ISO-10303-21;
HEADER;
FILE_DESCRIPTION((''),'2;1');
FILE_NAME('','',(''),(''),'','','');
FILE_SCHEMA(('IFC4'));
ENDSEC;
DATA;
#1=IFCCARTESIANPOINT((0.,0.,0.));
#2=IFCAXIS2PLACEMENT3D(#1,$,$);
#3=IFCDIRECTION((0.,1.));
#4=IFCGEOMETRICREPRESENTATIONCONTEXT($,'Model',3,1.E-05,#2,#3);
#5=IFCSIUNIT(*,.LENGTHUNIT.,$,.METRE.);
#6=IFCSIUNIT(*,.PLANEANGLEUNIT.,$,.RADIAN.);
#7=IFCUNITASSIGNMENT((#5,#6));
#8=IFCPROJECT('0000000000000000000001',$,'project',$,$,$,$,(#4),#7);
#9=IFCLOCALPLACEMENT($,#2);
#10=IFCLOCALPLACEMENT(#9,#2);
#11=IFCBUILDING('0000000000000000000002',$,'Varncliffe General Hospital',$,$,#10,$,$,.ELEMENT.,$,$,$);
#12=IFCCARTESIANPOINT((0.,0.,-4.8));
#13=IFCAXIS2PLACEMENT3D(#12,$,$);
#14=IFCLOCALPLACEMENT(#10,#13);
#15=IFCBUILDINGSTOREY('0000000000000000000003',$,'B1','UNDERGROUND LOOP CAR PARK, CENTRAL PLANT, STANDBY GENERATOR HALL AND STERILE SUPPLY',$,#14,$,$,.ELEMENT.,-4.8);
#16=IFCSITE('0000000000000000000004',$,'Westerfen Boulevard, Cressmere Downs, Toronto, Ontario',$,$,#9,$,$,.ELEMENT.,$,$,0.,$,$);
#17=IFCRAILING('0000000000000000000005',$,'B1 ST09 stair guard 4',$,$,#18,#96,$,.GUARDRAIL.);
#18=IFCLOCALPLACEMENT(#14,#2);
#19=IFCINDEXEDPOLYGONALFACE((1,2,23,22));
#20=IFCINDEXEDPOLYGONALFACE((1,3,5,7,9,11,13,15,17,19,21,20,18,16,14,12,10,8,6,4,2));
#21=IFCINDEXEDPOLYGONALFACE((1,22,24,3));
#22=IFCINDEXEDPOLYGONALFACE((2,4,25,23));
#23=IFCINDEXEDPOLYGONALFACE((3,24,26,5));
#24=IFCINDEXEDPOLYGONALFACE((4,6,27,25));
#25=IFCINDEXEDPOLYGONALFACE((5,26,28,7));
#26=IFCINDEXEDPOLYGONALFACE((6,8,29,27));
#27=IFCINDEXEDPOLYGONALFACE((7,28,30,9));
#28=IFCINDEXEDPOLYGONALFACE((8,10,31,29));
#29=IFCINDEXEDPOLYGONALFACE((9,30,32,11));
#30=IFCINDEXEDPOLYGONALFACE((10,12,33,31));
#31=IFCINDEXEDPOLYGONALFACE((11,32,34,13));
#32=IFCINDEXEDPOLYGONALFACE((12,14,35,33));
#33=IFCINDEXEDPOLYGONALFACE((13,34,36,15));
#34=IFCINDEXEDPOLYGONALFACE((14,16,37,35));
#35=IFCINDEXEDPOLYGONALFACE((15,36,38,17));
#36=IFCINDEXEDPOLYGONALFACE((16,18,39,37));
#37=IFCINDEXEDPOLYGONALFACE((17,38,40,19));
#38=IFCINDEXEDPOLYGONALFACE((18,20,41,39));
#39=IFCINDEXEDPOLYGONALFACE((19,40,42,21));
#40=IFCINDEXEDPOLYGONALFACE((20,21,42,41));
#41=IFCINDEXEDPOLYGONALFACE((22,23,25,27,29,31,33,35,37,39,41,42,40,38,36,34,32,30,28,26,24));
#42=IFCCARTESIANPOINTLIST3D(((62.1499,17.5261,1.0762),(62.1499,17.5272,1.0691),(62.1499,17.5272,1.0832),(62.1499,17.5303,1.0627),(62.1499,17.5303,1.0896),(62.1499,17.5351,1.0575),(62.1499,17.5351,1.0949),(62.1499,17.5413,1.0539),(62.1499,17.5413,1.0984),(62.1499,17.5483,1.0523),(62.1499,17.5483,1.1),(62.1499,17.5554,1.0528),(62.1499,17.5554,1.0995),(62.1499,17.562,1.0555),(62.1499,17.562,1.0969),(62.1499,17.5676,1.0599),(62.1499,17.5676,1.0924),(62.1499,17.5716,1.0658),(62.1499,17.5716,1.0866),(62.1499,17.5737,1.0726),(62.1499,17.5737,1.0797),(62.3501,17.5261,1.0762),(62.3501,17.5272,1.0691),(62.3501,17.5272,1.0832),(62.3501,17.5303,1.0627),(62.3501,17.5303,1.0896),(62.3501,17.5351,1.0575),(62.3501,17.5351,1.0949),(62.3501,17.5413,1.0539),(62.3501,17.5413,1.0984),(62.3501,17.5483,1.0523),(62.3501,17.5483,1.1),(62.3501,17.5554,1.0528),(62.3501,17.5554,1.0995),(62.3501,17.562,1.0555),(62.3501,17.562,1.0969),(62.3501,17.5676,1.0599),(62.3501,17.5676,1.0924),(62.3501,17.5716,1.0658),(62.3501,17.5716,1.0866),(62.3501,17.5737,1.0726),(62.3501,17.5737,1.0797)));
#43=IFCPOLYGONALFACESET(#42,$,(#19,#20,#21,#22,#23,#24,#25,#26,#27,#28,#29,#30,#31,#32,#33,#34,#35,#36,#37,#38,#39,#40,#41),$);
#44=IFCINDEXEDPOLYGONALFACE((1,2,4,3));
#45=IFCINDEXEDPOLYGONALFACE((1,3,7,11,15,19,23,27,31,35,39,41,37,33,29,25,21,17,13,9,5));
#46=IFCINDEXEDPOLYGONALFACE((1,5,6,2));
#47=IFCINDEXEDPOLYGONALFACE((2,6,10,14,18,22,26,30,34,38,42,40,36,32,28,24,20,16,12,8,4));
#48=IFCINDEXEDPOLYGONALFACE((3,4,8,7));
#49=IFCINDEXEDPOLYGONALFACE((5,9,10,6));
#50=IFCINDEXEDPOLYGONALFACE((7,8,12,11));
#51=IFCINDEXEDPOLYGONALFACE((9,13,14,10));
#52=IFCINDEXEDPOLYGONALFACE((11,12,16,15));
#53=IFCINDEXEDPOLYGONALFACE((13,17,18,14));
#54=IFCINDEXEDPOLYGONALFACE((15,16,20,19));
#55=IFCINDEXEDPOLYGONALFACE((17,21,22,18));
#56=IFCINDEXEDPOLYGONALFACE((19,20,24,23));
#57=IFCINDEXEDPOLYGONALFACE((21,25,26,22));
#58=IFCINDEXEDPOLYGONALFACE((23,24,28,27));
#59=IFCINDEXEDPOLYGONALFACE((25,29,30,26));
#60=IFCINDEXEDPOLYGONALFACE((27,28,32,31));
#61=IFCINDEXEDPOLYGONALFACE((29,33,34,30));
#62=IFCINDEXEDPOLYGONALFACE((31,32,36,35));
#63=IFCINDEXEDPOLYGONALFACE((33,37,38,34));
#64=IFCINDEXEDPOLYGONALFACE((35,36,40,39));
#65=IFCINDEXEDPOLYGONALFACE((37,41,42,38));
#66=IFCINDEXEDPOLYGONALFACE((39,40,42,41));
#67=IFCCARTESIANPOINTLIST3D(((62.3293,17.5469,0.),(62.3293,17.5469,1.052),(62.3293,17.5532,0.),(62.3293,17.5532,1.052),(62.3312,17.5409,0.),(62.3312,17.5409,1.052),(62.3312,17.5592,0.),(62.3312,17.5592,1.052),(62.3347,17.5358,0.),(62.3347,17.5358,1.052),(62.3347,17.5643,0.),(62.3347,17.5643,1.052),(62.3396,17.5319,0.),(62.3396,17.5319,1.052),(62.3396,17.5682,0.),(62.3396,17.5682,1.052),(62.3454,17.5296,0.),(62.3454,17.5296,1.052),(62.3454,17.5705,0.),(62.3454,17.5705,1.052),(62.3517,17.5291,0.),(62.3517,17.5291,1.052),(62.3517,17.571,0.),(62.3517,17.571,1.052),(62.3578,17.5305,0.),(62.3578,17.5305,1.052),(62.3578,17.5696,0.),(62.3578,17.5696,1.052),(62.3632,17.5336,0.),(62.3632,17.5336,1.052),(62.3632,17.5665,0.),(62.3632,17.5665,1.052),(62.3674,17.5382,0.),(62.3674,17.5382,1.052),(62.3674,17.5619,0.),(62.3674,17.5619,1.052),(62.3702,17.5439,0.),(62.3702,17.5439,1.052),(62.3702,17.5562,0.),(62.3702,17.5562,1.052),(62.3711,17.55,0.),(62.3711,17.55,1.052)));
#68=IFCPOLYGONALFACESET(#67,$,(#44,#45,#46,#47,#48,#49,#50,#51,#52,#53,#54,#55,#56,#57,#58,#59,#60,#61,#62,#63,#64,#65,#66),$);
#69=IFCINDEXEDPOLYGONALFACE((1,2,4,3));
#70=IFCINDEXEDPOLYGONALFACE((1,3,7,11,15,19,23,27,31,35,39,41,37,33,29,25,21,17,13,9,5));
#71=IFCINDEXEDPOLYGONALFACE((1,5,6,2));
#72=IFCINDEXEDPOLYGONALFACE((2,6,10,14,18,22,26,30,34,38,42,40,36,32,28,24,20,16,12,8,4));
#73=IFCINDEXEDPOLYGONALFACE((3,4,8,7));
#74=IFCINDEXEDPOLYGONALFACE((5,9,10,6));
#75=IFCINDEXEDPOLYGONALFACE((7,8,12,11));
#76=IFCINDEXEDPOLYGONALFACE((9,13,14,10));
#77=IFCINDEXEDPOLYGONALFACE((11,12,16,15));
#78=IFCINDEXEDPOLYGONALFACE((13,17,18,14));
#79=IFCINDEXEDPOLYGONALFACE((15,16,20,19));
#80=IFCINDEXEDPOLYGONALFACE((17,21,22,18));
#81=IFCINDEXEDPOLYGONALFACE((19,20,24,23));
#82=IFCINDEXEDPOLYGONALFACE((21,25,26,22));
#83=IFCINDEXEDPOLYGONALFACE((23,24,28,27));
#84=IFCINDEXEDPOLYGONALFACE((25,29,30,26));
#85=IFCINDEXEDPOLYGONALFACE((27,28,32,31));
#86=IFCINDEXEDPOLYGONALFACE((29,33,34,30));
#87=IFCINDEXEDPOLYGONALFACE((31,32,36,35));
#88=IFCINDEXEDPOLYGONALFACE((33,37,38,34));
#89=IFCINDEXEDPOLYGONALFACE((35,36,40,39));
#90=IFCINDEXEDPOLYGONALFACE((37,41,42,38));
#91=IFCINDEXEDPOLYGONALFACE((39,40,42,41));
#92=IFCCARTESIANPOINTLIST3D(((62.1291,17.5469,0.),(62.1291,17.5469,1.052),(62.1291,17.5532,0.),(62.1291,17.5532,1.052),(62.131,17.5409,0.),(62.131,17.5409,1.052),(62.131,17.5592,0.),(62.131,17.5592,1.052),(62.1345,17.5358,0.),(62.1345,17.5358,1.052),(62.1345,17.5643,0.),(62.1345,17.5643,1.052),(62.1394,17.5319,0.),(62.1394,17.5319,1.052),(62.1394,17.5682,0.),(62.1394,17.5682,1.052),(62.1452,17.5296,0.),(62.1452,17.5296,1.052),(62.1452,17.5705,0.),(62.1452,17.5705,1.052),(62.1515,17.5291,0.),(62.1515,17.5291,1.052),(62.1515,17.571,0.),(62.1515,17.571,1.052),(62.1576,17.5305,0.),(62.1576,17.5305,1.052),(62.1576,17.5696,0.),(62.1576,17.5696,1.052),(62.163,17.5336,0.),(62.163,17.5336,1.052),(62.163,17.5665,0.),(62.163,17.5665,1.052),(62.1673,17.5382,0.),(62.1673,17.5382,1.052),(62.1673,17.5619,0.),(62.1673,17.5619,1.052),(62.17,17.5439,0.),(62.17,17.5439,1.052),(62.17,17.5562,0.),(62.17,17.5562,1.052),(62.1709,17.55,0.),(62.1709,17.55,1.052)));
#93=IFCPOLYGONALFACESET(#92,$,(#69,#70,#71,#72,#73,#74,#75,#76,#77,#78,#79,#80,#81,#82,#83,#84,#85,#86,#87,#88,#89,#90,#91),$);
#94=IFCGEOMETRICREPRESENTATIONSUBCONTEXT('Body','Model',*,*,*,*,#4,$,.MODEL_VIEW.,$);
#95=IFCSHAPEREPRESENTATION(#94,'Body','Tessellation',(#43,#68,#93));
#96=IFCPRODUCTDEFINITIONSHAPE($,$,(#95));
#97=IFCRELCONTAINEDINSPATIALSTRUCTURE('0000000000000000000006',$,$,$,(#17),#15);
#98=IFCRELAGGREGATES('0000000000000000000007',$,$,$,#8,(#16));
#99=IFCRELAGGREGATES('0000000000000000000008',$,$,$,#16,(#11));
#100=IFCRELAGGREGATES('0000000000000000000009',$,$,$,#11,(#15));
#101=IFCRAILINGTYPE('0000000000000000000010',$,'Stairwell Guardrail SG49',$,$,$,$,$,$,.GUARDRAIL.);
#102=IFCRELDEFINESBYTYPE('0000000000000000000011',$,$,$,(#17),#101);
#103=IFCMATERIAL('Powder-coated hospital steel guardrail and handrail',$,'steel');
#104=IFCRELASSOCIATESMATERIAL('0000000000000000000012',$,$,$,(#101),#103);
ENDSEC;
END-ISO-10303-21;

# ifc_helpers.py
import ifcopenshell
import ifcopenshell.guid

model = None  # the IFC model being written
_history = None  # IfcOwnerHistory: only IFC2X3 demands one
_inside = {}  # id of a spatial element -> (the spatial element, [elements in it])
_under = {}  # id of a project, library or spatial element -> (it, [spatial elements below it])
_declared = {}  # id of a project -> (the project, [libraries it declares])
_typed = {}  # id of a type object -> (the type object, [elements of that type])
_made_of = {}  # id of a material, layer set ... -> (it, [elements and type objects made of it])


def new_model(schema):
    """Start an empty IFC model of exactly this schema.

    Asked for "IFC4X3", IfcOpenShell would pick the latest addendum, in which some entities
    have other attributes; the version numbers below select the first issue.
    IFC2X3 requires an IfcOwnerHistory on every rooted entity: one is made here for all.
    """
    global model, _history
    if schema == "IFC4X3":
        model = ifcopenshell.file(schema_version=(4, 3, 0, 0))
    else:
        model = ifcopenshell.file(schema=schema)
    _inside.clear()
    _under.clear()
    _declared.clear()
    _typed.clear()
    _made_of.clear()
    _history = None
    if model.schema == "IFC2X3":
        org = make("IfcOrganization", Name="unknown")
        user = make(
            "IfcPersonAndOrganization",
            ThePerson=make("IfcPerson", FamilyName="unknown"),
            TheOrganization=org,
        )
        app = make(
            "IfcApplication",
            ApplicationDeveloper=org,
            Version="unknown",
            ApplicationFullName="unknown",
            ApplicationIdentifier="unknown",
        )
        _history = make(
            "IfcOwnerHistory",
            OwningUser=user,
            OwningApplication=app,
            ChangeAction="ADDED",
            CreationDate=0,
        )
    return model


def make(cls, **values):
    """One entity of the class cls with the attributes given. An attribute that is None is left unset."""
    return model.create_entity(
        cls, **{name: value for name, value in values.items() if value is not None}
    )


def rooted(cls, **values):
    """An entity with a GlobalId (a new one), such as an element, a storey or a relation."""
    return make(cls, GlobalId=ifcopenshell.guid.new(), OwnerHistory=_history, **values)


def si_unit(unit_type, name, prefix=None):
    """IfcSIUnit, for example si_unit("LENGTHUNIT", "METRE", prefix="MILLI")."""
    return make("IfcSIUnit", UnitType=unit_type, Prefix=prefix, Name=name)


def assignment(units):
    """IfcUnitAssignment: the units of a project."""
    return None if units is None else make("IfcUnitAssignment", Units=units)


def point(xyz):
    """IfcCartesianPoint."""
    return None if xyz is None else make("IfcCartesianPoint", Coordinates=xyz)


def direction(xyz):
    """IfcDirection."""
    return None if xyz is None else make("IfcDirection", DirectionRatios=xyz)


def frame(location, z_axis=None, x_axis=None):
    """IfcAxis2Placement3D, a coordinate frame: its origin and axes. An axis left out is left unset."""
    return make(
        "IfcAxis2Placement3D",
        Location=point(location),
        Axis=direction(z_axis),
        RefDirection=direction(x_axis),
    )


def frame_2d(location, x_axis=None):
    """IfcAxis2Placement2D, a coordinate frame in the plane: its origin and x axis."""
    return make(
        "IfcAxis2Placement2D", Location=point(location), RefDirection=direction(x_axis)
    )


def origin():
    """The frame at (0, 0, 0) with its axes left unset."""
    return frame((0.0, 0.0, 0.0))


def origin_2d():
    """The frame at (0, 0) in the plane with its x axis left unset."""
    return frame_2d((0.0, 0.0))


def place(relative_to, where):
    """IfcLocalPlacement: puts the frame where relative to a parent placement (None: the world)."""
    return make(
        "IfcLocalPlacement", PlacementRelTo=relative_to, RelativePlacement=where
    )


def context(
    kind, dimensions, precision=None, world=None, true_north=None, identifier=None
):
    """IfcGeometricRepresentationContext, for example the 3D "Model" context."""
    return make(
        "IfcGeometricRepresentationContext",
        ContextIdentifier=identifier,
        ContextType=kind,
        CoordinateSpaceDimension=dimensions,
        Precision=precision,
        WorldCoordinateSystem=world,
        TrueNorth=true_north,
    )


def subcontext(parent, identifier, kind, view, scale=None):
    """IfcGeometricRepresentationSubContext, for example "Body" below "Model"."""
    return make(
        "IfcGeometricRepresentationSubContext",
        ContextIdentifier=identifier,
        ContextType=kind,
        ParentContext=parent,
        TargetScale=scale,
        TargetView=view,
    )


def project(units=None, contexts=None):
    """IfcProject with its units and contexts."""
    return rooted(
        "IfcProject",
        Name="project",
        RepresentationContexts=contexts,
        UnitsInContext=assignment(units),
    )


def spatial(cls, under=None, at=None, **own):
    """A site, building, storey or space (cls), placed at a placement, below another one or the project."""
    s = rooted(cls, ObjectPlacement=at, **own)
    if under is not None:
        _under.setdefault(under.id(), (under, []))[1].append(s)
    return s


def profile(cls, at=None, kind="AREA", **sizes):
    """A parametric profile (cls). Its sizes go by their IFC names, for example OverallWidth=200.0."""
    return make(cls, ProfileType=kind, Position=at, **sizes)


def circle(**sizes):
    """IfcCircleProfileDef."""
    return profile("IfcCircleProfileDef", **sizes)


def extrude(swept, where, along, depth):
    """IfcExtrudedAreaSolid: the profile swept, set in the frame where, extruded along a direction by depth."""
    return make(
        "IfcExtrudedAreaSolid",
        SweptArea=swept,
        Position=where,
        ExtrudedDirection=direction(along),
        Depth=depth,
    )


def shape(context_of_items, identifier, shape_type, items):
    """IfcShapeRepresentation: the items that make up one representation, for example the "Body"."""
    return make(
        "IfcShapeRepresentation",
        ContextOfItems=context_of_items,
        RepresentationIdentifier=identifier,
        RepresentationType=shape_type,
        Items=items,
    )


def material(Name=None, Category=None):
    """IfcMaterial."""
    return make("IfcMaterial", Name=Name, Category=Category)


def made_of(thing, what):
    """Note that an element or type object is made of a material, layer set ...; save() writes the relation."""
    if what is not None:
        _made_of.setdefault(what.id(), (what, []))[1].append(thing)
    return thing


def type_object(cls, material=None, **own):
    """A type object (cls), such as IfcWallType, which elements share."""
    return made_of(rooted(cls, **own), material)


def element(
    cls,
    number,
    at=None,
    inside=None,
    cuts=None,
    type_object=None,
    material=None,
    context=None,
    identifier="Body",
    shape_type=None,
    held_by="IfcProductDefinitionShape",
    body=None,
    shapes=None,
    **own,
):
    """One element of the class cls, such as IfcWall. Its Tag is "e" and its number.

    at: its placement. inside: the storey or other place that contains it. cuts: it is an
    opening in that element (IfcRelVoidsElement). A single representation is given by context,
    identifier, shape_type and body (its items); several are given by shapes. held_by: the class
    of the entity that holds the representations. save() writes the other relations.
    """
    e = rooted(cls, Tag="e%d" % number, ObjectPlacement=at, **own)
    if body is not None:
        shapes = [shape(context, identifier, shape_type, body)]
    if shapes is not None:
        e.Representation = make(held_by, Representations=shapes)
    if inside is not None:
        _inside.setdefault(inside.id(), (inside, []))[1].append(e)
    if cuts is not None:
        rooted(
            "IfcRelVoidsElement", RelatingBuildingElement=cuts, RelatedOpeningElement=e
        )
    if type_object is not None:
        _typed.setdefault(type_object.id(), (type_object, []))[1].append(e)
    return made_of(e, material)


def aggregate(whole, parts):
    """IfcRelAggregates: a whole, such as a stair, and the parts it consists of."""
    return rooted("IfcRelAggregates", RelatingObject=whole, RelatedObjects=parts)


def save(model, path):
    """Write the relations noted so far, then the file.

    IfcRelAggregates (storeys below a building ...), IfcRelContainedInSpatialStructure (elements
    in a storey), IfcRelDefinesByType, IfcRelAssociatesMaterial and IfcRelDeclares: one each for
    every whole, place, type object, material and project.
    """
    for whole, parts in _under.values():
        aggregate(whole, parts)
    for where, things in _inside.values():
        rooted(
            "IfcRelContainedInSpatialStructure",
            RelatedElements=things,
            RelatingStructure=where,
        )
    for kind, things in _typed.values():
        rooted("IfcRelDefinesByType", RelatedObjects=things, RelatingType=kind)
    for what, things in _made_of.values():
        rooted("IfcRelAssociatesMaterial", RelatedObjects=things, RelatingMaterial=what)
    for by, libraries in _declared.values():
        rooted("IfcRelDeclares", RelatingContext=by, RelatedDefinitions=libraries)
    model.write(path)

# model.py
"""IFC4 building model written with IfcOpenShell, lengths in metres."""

from ifc_helpers import new_model, si_unit, direction, frame, origin, origin_2d, place, context, subcontext, project, spatial, circle, extrude, material, type_object, element, save


model = new_model("IFC4")

# Units and contexts
model_context = context("Model", 3, precision=1e-05, world=origin(), true_north=direction((0.0, 1.0)))
body_context = subcontext(model_context, "Body", "Model", "MODEL_VIEW")
ifc_project = project(units=[si_unit("LENGTHUNIT", "METRE"), si_unit("PLANEANGLEUNIT", "RADIAN")], contexts=[model_context])

# Site, building, storey
site_placement = place(None, origin())
site = spatial("IfcSite", under=ifc_project, at=site_placement, Name="Westerfen Boulevard, Cressmere Downs, Toronto, Ontario", CompositionType="ELEMENT", RefElevation=0.0)
building_placement = place(site_placement, origin())
building = spatial("IfcBuilding", under=site, at=building_placement, Name="Varncliffe General Hospital", CompositionType="ELEMENT")
storey_placement = place(building_placement, frame((0.0, 0.0, -4.8)))
storey = spatial("IfcBuildingStorey", under=building, at=storey_placement, Name="B1", Description="UNDERGROUND LOOP CAR PARK, CENTRAL PLANT, STANDBY GENERATOR HALL AND STERILE SUPPLY", CompositionType="ELEMENT", Elevation=-4.8)

# Railing
ifc_material_1 = material(Name="Powder-coated hospital steel guardrail and handrail", Category="steel")
railing_type_1 = type_object("IfcRailingType", Name="Stairwell Guardrail SG49", PredefinedType="GUARDRAIL", material=ifc_material_1)
railing_1_placement = place(storey_placement, frame((62.3501, 17.55, 0.0)))
element("IfcRailing", 1, at=railing_1_placement, inside=storey, type_object=railing_type_1, Name="B1 ST09 stair guard 4", PredefinedType="GUARDRAIL", context=body_context, shape_type="SweptSolid", body=[
    extrude(circle(Radius=0.0239, at=origin_2d()), frame((0.0, 0.0, 1.0762), z_axis=(-1.0, 0.0, 0.0), x_axis=(0.0, -1.0, 0.0)), (0.0, 0.0, 1.0), 0.2002),
    extrude(circle(Radius=0.021, at=origin_2d()), origin(), (0.0, 0.0, 1.0), 1.052),
    extrude(circle(Radius=0.021, at=origin_2d()), frame((-0.2002, 0.0, 0.0)), (0.0, 0.0, 1.0), 1.052),
])

save(model, "model.ifc")
